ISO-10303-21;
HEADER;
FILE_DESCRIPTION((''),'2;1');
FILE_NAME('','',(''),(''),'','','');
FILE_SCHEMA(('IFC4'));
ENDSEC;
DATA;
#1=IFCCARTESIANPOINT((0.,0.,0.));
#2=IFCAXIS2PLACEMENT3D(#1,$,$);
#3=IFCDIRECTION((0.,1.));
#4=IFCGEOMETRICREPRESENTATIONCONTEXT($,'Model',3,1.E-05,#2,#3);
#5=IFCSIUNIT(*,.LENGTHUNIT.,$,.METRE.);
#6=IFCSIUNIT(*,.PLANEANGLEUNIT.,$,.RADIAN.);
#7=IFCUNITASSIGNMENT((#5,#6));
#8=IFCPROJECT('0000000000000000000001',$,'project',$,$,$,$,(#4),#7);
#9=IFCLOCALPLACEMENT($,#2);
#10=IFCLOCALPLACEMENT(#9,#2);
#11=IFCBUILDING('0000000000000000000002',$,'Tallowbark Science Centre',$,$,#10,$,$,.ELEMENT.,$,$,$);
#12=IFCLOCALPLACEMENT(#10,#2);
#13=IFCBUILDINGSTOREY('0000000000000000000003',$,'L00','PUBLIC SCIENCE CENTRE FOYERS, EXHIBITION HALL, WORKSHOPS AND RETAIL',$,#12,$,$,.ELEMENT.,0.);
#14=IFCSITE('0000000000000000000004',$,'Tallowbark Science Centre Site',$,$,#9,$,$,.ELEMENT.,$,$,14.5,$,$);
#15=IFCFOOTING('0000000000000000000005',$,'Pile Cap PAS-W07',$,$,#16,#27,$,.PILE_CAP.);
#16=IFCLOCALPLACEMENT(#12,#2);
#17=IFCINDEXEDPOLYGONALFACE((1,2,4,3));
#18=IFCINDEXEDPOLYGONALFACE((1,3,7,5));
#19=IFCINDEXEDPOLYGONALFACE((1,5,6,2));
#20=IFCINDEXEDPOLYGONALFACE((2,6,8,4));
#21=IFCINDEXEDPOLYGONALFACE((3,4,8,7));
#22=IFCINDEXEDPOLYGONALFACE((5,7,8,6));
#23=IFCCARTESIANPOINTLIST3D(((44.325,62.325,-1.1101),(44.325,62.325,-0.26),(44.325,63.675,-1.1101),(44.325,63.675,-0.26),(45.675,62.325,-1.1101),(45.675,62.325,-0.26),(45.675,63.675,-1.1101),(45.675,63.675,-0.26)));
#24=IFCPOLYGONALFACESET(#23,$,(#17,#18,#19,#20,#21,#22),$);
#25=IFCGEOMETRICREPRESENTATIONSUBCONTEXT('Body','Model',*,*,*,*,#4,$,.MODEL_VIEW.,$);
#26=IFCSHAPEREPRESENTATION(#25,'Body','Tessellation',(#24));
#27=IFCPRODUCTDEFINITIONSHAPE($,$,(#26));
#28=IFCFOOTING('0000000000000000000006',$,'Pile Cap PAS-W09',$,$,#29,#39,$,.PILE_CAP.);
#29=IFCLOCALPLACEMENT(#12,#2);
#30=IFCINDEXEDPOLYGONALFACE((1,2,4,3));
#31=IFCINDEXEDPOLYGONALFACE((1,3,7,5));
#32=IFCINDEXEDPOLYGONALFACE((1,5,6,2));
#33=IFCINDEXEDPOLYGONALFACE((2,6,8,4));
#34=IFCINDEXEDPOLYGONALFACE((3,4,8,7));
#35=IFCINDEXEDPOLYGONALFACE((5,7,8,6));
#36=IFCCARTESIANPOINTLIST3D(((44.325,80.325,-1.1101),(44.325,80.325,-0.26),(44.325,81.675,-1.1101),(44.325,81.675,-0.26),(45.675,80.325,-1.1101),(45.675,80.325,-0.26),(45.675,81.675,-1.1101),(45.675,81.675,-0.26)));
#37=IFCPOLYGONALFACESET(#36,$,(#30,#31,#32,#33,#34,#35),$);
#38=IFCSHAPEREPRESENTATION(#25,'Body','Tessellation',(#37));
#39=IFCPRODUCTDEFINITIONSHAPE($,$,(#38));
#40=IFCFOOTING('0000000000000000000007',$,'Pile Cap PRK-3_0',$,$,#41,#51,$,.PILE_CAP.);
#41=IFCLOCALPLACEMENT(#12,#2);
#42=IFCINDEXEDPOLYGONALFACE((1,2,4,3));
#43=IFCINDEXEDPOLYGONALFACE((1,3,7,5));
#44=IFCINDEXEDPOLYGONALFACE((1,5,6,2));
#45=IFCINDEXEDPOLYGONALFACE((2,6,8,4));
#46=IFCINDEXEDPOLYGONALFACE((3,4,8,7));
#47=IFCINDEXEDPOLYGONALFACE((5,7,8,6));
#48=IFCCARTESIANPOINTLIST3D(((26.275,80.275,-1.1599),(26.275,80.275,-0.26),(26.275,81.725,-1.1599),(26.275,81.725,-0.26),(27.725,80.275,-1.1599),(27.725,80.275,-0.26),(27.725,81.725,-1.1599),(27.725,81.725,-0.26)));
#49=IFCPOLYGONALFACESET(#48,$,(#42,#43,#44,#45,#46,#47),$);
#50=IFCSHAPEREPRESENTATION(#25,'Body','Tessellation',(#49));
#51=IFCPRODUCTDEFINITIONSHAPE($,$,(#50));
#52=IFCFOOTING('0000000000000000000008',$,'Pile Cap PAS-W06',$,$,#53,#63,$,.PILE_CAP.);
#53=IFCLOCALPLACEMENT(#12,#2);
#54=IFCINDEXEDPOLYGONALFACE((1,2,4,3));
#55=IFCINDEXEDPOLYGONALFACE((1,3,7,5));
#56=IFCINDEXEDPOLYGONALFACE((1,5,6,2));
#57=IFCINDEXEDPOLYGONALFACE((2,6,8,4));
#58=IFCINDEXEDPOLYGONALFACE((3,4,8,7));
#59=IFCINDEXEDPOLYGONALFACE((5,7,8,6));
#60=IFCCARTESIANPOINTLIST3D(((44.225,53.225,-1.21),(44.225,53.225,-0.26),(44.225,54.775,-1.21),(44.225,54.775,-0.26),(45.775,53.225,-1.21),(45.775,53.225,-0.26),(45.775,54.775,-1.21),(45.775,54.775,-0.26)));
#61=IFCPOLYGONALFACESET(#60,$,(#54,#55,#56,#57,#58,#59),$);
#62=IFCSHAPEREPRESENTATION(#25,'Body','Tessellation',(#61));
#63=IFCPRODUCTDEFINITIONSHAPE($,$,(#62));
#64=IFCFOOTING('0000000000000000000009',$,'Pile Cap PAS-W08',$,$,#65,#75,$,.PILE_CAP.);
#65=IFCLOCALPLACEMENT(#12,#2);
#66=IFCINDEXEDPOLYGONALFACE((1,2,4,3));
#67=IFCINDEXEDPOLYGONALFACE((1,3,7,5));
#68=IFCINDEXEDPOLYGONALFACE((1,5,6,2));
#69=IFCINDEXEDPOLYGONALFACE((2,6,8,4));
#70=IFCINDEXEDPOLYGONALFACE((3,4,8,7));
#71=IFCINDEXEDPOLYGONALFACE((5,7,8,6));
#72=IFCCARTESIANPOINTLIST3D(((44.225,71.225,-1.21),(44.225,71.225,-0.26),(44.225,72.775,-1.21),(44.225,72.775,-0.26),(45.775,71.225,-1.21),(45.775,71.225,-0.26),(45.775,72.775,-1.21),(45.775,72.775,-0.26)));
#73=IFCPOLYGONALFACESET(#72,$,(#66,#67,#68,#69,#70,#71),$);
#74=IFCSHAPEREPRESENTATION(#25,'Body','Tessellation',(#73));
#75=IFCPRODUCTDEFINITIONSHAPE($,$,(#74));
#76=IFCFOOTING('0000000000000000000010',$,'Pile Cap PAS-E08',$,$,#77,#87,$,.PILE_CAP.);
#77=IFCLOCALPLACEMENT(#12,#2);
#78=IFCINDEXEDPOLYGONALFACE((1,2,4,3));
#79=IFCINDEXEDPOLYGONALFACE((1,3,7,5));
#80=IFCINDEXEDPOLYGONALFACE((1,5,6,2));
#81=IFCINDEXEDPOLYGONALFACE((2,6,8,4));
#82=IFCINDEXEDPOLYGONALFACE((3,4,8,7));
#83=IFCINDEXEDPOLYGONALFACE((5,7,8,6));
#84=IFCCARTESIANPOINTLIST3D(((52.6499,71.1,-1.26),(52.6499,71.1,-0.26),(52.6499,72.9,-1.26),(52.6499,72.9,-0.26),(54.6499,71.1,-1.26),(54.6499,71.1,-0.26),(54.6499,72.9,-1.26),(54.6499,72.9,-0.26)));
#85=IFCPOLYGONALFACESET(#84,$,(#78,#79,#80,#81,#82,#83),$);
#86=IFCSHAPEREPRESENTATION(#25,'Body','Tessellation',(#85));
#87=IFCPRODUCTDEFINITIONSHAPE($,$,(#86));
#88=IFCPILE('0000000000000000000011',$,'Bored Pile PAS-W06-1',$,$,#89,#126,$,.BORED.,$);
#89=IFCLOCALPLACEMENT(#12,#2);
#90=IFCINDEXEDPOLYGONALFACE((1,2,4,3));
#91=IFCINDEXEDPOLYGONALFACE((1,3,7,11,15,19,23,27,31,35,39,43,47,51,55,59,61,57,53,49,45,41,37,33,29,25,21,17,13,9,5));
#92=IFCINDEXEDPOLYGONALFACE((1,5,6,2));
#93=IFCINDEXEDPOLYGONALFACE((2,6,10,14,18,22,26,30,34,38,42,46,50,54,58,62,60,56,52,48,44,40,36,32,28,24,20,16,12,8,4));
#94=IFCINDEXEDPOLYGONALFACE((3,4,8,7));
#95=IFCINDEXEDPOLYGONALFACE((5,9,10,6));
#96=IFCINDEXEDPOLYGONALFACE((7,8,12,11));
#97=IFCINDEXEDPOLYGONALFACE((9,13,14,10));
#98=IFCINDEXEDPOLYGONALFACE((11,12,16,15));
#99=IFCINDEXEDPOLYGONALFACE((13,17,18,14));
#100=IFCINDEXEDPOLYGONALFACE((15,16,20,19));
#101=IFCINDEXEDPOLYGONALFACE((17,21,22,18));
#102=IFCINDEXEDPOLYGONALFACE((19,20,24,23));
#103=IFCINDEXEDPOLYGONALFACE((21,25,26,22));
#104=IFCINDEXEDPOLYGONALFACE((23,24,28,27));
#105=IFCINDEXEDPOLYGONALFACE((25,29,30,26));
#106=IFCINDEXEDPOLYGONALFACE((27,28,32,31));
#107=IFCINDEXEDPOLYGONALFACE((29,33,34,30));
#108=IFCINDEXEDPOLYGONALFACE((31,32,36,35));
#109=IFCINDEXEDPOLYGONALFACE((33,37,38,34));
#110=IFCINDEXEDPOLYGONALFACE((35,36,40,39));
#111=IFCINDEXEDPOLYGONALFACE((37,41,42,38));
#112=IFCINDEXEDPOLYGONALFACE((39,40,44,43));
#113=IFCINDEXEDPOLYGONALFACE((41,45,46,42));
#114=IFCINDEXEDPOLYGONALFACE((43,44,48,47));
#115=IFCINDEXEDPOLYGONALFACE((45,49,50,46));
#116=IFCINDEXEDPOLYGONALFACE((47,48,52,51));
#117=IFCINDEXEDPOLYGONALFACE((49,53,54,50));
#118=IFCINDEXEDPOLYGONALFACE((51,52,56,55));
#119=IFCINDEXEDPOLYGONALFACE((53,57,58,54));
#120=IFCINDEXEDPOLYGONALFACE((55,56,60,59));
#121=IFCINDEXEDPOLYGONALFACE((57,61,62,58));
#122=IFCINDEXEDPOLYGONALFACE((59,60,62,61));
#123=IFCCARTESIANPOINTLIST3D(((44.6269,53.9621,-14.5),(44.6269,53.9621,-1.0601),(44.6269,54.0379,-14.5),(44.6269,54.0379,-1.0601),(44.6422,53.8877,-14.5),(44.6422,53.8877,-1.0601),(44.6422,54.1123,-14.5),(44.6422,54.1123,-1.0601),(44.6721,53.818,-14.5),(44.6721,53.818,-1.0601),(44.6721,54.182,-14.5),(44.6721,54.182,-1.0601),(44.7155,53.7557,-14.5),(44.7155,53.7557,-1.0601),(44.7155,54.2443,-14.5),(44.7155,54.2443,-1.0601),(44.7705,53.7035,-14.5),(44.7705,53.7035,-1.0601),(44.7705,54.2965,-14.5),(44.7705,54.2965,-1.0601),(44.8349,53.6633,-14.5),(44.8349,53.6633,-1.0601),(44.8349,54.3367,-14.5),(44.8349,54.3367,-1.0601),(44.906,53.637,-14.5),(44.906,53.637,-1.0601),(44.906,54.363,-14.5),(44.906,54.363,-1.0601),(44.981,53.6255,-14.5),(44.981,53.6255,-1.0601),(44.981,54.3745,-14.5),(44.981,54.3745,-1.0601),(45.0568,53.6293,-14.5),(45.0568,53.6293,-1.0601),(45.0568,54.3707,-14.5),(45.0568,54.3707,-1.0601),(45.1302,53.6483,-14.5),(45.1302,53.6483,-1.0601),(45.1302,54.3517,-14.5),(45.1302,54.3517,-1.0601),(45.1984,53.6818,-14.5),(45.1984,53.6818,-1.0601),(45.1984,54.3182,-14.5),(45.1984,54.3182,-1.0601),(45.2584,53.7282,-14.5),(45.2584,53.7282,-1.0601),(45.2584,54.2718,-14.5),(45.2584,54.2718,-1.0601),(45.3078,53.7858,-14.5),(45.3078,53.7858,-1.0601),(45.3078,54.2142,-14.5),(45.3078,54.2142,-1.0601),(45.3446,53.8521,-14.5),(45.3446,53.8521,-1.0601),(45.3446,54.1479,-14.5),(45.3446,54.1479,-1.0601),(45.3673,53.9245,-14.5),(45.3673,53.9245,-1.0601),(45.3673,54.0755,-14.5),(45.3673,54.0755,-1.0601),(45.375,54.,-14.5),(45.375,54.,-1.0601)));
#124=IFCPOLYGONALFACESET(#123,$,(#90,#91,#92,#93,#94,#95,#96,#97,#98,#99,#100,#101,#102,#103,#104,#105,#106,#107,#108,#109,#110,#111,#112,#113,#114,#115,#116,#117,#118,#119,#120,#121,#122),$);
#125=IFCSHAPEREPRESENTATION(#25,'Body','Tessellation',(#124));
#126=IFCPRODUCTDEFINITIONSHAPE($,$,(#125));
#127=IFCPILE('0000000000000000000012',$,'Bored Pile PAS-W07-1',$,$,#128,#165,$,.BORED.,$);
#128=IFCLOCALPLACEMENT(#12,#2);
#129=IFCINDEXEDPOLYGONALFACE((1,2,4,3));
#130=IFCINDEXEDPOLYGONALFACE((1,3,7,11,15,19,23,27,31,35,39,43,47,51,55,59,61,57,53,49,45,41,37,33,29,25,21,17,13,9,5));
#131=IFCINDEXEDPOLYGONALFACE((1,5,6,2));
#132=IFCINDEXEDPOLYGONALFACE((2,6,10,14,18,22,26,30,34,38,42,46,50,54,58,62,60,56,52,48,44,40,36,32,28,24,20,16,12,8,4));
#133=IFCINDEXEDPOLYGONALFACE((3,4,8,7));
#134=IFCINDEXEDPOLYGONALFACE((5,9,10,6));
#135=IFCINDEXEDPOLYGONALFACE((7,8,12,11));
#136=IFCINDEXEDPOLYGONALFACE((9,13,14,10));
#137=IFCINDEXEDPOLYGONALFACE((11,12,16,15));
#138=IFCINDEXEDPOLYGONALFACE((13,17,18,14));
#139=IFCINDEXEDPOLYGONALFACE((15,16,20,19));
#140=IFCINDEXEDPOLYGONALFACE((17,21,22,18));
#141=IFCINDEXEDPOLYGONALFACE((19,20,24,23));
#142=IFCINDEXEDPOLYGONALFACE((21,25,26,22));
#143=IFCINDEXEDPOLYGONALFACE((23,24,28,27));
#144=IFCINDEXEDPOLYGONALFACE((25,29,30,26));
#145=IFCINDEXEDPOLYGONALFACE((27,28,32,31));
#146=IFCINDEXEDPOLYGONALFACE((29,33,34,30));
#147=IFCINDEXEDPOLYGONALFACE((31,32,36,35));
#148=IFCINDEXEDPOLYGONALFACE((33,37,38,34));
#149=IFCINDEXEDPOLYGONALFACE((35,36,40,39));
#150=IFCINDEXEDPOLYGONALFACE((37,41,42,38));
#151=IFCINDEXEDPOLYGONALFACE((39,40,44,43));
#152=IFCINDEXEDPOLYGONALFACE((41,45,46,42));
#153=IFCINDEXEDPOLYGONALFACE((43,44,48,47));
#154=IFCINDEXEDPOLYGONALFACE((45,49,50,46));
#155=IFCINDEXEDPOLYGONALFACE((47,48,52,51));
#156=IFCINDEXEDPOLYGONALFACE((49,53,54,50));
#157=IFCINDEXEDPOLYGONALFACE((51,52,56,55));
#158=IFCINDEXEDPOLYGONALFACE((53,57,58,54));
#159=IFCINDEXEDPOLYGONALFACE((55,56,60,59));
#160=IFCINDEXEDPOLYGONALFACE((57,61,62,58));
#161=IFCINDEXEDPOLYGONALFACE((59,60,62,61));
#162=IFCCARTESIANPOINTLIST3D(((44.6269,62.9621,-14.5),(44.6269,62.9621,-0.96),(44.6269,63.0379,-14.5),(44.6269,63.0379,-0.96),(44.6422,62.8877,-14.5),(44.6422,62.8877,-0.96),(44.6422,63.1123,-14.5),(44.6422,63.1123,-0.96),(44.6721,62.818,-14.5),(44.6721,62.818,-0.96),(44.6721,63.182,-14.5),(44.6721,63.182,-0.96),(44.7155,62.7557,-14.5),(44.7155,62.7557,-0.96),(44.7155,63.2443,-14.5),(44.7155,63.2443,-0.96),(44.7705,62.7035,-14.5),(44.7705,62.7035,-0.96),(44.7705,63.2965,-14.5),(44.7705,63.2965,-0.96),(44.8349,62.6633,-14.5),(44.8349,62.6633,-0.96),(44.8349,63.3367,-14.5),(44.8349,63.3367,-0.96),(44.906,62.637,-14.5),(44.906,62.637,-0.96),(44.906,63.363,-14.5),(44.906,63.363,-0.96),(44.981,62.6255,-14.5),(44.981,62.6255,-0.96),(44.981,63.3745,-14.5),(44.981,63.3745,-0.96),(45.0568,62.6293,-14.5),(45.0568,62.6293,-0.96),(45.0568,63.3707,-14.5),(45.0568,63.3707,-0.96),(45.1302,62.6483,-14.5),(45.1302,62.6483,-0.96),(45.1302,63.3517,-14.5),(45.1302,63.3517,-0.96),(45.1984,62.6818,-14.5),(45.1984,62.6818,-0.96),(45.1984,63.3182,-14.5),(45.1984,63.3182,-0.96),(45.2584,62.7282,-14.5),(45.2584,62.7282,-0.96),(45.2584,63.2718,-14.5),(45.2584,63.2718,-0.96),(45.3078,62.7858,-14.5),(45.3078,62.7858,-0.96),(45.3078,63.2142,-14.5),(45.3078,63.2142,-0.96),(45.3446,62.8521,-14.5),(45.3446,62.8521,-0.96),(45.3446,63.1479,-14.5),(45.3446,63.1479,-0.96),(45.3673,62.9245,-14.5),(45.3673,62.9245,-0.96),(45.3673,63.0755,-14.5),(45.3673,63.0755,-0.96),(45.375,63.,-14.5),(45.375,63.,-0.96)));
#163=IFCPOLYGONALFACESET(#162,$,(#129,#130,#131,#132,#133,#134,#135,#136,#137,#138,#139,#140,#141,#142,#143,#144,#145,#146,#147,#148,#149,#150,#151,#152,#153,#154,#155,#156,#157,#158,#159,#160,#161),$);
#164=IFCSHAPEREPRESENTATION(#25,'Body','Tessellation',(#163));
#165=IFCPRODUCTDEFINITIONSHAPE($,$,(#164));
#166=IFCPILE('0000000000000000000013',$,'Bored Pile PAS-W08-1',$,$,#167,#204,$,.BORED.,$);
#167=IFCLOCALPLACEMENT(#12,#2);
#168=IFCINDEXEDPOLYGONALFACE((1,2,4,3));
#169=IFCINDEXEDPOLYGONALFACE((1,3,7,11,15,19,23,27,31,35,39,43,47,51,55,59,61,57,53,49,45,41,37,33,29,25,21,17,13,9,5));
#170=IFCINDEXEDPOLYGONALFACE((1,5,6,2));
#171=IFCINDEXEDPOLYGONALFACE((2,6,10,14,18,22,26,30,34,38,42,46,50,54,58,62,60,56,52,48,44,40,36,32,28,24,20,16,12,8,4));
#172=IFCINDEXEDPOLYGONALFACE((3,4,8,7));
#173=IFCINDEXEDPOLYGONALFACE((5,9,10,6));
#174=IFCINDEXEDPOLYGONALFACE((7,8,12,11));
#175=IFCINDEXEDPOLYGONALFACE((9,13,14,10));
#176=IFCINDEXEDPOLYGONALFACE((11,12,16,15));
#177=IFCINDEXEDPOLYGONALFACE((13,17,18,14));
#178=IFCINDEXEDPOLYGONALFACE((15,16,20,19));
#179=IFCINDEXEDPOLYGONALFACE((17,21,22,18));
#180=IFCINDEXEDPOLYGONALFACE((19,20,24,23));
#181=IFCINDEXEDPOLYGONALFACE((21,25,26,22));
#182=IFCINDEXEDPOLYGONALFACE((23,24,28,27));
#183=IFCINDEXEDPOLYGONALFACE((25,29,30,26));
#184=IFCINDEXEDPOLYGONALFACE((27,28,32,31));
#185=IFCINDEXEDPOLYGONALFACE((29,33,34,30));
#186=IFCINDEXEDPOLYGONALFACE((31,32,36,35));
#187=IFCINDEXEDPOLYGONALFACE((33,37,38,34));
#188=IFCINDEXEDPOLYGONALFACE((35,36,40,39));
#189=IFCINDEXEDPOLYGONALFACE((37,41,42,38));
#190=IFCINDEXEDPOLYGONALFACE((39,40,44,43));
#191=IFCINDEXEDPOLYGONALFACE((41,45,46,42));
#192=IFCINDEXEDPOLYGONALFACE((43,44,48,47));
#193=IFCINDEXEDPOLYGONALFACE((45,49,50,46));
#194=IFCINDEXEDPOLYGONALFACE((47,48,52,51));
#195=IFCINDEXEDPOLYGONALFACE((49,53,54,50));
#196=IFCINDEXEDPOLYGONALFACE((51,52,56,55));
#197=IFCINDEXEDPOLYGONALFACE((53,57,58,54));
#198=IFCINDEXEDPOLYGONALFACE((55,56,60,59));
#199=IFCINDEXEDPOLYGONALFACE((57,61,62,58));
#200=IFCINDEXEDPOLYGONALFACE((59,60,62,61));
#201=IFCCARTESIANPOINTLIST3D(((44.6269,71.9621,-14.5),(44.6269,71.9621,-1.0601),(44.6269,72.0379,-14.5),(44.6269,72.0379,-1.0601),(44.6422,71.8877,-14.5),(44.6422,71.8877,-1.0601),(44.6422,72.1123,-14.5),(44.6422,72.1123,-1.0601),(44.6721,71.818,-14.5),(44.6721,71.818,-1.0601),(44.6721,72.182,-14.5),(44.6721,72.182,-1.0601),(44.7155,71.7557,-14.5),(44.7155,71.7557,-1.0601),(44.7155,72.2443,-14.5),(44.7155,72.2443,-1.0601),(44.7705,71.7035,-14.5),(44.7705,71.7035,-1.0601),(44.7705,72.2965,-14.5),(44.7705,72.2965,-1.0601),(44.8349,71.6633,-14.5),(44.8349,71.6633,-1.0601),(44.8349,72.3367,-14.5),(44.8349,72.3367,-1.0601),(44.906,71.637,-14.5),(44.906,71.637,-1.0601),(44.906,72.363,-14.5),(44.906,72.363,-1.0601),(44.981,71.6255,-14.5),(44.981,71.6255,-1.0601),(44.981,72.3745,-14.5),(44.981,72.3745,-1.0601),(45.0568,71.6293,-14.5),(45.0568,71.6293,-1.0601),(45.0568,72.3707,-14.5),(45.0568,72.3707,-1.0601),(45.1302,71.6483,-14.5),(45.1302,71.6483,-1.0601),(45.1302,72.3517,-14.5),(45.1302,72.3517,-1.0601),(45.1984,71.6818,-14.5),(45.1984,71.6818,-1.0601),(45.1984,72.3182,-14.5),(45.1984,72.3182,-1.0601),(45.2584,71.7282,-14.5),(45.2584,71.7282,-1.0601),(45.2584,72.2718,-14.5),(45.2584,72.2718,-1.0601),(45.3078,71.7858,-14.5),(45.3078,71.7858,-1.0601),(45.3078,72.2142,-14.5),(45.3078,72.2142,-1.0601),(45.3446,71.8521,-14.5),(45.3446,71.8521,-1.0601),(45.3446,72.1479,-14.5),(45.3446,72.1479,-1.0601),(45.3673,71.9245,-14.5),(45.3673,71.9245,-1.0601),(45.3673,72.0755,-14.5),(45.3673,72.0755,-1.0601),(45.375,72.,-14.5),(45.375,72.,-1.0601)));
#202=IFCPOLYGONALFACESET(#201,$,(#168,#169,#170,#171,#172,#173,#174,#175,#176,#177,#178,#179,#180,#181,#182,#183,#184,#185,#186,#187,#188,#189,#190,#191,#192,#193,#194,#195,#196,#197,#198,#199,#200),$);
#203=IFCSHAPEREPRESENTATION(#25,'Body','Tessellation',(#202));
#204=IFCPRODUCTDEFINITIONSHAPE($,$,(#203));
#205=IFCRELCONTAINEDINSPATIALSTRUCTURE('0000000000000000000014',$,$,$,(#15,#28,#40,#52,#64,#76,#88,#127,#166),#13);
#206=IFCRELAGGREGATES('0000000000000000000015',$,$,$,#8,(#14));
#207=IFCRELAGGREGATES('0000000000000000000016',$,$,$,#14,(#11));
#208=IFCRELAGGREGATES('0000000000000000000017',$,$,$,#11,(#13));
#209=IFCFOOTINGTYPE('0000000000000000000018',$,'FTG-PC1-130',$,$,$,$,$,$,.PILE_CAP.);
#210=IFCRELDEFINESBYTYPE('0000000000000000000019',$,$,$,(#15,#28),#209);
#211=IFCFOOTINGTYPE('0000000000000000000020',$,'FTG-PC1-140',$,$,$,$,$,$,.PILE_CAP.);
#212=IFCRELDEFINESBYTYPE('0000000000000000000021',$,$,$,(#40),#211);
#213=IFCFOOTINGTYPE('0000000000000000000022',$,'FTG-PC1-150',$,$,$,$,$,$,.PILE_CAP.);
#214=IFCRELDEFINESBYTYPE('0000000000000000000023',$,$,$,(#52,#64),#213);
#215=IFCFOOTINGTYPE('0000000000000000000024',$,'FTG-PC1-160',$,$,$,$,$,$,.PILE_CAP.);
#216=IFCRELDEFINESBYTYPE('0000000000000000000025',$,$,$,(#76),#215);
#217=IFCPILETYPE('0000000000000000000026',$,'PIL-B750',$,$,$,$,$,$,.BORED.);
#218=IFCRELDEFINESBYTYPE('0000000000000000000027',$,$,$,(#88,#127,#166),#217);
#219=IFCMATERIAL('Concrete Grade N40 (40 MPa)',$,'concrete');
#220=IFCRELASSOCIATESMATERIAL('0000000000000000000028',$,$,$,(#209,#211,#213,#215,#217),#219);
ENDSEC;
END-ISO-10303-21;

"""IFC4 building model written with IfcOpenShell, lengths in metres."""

from ifc_helpers import new_model, si_unit, direction, frame, origin, origin_2d, place, context, subcontext, project, spatial, rectangle, circle, extrude, material, material_profile, profile_set, type_object, element, save


model = new_model("IFC4")

# Units and contexts
model_context = context("Model", 3, precision=1e-05, world=origin(), true_north=direction((0.0, 1.0)))
body_context = subcontext(model_context, "Body", "Model", "MODEL_VIEW")
ifc_project = project(units=[si_unit("LENGTHUNIT", "METRE"), si_unit("PLANEANGLEUNIT", "RADIAN")], contexts=[model_context])

# Site, building, storey
site_placement = place(None, origin())
site = spatial("IfcSite", under=ifc_project, at=site_placement, Name="Tallowbark Science Centre Site", CompositionType="ELEMENT", RefElevation=14.5)
building_placement = place(site_placement, origin())
building = spatial("IfcBuilding", under=site, at=building_placement, Name="Tallowbark Science Centre", CompositionType="ELEMENT")
storey_placement = place(building_placement, origin())
storey = spatial("IfcBuildingStorey", under=building, at=storey_placement, Name="L00", Description="PUBLIC SCIENCE CENTRE FOYERS, EXHIBITION HALL, WORKSHOPS AND RETAIL", CompositionType="ELEMENT", Elevation=0.0)

# Footings
ifc_material_1 = material(Name="Concrete Grade N40 (40 MPa)", Category="concrete")
footing_type_1 = type_object("IfcFootingType", Name="FTG-PC1-130", PredefinedType="PILE_CAP", material=ifc_material_1)
for number, where, z_axis, x_axis, name in (
    (1, (45.0, 63.0, -1.1101), (0.0, 0.0, 1.0), (1.0, 0.0, 0.0), "Pile Cap PAS-W07"),
    (2, (45.0, 81.0, -1.1101), (0.0, 0.0, 1.0), (1.0, 0.0, 0.0), "Pile Cap PAS-W09"),
):
    element("IfcFooting", number, at=place(storey_placement, frame(where, z_axis=z_axis, x_axis=x_axis)), inside=storey, type_object=footing_type_1, Name=name, PredefinedType="PILE_CAP", context=body_context, shape_type="SweptSolid", body=[
        extrude(rectangle(XDim=1.3501, YDim=1.3501, at=origin_2d()), origin(), (0.0, 0.0, 1.0), 0.8501),
    ])
footing_type_2 = type_object("IfcFootingType", Name="FTG-PC1-140", PredefinedType="PILE_CAP", material=ifc_material_1)
footing_1_placement = place(storey_placement, frame((27.0, 81.0, -1.1599), z_axis=(0.0, 0.0, 1.0), x_axis=(1.0, 0.0, 0.0)))
element("IfcFooting", 3, at=footing_1_placement, inside=storey, type_object=footing_type_2, Name="Pile Cap PRK-3_0", PredefinedType="PILE_CAP", context=body_context, shape_type="SweptSolid", body=[
    extrude(rectangle(XDim=1.45, YDim=1.45, at=origin_2d()), origin(), (0.0, 0.0, 1.0), 0.8999),
])
footing_type_3 = type_object("IfcFootingType", Name="FTG-PC1-150", PredefinedType="PILE_CAP", material=ifc_material_1)
for number, where, z_axis, x_axis, name in (
    (4, (45.0, 54.0, -1.21), (0.0, 0.0, 1.0), (1.0, 0.0, 0.0), "Pile Cap PAS-W06"),
    (5, (45.0, 72.0, -1.21), (0.0, 0.0, 1.0), (1.0, 0.0, 0.0), "Pile Cap PAS-W08"),
):
    element("IfcFooting", number, at=place(storey_placement, frame(where, z_axis=z_axis, x_axis=x_axis)), inside=storey, type_object=footing_type_3, Name=name, PredefinedType="PILE_CAP", context=body_context, shape_type="SweptSolid", body=[
        extrude(rectangle(XDim=1.55, YDim=1.55, at=origin_2d()), origin(), (0.0, 0.0, 1.0), 0.95),
    ])
footing_type_4 = type_object("IfcFootingType", Name="FTG-PC1-160", PredefinedType="PILE_CAP", material=ifc_material_1)
footing_2_placement = place(storey_placement, frame((53.6499, 72.0, -1.26), z_axis=(0.0, 0.0, 1.0), x_axis=(1.0, 0.0, 0.0)))
element("IfcFooting", 6, at=footing_2_placement, inside=storey, type_object=footing_type_4, Name="Pile Cap PAS-E08", PredefinedType="PILE_CAP", context=body_context, shape_type="SweptSolid", body=[
    extrude(rectangle(XDim=2.0, YDim=1.8, at=origin_2d()), origin(), (0.0, 0.0, 1.0), 1.0),
])

# Piles
ifc_material_profile_1 = material_profile(ifc_material_1, circle(Radius=0.375, at=origin_2d()), Name="PILE750")
ifc_profile_set_1 = profile_set([ifc_material_profile_1], Name="Concrete Grade N40 (40 MPa)")
pile_type_1 = type_object("IfcPileType", Name="PIL-B750", PredefinedType="BORED", material=ifc_profile_set_1)
pile_1_placement = place(storey_placement, frame((45.0, 54.0, -1.0601), z_axis=(0.0, 0.0, -1.0), x_axis=(1.0, 0.0, 0.0)))
element("IfcPile", 7, at=pile_1_placement, inside=storey, type_object=pile_type_1, Name="Bored Pile PAS-W06-1", PredefinedType="BORED", context=body_context, shape_type="SweptSolid", body=[
    extrude(circle(Radius=0.375, at=origin_2d()), origin(), (0.0, 0.0, 1.0), 13.4399),
])
pile_2_placement = place(storey_placement, frame((45.0, 63.0, -0.96), z_axis=(0.0, 0.0, -1.0), x_axis=(1.0, 0.0, 0.0)))
element("IfcPile", 8, at=pile_2_placement, inside=storey, type_object=pile_type_1, Name="Bored Pile PAS-W07-1", PredefinedType="BORED", context=body_context, shape_type="SweptSolid", body=[
    extrude(circle(Radius=0.375, at=origin_2d()), origin(), (0.0, 0.0, 1.0), 13.54),
])
pile_3_placement = place(storey_placement, frame((45.0, 72.0, -1.0601), z_axis=(0.0, 0.0, -1.0), x_axis=(1.0, 0.0, 0.0)))
element("IfcPile", 9, at=pile_3_placement, inside=storey, type_object=pile_type_1, Name="Bored Pile PAS-W08-1", PredefinedType="BORED", context=body_context, shape_type="SweptSolid", body=[
    extrude(circle(Radius=0.375, at=origin_2d()), origin(), (0.0, 0.0, 1.0), 13.4399),
])

save(model, "model.ifc")
